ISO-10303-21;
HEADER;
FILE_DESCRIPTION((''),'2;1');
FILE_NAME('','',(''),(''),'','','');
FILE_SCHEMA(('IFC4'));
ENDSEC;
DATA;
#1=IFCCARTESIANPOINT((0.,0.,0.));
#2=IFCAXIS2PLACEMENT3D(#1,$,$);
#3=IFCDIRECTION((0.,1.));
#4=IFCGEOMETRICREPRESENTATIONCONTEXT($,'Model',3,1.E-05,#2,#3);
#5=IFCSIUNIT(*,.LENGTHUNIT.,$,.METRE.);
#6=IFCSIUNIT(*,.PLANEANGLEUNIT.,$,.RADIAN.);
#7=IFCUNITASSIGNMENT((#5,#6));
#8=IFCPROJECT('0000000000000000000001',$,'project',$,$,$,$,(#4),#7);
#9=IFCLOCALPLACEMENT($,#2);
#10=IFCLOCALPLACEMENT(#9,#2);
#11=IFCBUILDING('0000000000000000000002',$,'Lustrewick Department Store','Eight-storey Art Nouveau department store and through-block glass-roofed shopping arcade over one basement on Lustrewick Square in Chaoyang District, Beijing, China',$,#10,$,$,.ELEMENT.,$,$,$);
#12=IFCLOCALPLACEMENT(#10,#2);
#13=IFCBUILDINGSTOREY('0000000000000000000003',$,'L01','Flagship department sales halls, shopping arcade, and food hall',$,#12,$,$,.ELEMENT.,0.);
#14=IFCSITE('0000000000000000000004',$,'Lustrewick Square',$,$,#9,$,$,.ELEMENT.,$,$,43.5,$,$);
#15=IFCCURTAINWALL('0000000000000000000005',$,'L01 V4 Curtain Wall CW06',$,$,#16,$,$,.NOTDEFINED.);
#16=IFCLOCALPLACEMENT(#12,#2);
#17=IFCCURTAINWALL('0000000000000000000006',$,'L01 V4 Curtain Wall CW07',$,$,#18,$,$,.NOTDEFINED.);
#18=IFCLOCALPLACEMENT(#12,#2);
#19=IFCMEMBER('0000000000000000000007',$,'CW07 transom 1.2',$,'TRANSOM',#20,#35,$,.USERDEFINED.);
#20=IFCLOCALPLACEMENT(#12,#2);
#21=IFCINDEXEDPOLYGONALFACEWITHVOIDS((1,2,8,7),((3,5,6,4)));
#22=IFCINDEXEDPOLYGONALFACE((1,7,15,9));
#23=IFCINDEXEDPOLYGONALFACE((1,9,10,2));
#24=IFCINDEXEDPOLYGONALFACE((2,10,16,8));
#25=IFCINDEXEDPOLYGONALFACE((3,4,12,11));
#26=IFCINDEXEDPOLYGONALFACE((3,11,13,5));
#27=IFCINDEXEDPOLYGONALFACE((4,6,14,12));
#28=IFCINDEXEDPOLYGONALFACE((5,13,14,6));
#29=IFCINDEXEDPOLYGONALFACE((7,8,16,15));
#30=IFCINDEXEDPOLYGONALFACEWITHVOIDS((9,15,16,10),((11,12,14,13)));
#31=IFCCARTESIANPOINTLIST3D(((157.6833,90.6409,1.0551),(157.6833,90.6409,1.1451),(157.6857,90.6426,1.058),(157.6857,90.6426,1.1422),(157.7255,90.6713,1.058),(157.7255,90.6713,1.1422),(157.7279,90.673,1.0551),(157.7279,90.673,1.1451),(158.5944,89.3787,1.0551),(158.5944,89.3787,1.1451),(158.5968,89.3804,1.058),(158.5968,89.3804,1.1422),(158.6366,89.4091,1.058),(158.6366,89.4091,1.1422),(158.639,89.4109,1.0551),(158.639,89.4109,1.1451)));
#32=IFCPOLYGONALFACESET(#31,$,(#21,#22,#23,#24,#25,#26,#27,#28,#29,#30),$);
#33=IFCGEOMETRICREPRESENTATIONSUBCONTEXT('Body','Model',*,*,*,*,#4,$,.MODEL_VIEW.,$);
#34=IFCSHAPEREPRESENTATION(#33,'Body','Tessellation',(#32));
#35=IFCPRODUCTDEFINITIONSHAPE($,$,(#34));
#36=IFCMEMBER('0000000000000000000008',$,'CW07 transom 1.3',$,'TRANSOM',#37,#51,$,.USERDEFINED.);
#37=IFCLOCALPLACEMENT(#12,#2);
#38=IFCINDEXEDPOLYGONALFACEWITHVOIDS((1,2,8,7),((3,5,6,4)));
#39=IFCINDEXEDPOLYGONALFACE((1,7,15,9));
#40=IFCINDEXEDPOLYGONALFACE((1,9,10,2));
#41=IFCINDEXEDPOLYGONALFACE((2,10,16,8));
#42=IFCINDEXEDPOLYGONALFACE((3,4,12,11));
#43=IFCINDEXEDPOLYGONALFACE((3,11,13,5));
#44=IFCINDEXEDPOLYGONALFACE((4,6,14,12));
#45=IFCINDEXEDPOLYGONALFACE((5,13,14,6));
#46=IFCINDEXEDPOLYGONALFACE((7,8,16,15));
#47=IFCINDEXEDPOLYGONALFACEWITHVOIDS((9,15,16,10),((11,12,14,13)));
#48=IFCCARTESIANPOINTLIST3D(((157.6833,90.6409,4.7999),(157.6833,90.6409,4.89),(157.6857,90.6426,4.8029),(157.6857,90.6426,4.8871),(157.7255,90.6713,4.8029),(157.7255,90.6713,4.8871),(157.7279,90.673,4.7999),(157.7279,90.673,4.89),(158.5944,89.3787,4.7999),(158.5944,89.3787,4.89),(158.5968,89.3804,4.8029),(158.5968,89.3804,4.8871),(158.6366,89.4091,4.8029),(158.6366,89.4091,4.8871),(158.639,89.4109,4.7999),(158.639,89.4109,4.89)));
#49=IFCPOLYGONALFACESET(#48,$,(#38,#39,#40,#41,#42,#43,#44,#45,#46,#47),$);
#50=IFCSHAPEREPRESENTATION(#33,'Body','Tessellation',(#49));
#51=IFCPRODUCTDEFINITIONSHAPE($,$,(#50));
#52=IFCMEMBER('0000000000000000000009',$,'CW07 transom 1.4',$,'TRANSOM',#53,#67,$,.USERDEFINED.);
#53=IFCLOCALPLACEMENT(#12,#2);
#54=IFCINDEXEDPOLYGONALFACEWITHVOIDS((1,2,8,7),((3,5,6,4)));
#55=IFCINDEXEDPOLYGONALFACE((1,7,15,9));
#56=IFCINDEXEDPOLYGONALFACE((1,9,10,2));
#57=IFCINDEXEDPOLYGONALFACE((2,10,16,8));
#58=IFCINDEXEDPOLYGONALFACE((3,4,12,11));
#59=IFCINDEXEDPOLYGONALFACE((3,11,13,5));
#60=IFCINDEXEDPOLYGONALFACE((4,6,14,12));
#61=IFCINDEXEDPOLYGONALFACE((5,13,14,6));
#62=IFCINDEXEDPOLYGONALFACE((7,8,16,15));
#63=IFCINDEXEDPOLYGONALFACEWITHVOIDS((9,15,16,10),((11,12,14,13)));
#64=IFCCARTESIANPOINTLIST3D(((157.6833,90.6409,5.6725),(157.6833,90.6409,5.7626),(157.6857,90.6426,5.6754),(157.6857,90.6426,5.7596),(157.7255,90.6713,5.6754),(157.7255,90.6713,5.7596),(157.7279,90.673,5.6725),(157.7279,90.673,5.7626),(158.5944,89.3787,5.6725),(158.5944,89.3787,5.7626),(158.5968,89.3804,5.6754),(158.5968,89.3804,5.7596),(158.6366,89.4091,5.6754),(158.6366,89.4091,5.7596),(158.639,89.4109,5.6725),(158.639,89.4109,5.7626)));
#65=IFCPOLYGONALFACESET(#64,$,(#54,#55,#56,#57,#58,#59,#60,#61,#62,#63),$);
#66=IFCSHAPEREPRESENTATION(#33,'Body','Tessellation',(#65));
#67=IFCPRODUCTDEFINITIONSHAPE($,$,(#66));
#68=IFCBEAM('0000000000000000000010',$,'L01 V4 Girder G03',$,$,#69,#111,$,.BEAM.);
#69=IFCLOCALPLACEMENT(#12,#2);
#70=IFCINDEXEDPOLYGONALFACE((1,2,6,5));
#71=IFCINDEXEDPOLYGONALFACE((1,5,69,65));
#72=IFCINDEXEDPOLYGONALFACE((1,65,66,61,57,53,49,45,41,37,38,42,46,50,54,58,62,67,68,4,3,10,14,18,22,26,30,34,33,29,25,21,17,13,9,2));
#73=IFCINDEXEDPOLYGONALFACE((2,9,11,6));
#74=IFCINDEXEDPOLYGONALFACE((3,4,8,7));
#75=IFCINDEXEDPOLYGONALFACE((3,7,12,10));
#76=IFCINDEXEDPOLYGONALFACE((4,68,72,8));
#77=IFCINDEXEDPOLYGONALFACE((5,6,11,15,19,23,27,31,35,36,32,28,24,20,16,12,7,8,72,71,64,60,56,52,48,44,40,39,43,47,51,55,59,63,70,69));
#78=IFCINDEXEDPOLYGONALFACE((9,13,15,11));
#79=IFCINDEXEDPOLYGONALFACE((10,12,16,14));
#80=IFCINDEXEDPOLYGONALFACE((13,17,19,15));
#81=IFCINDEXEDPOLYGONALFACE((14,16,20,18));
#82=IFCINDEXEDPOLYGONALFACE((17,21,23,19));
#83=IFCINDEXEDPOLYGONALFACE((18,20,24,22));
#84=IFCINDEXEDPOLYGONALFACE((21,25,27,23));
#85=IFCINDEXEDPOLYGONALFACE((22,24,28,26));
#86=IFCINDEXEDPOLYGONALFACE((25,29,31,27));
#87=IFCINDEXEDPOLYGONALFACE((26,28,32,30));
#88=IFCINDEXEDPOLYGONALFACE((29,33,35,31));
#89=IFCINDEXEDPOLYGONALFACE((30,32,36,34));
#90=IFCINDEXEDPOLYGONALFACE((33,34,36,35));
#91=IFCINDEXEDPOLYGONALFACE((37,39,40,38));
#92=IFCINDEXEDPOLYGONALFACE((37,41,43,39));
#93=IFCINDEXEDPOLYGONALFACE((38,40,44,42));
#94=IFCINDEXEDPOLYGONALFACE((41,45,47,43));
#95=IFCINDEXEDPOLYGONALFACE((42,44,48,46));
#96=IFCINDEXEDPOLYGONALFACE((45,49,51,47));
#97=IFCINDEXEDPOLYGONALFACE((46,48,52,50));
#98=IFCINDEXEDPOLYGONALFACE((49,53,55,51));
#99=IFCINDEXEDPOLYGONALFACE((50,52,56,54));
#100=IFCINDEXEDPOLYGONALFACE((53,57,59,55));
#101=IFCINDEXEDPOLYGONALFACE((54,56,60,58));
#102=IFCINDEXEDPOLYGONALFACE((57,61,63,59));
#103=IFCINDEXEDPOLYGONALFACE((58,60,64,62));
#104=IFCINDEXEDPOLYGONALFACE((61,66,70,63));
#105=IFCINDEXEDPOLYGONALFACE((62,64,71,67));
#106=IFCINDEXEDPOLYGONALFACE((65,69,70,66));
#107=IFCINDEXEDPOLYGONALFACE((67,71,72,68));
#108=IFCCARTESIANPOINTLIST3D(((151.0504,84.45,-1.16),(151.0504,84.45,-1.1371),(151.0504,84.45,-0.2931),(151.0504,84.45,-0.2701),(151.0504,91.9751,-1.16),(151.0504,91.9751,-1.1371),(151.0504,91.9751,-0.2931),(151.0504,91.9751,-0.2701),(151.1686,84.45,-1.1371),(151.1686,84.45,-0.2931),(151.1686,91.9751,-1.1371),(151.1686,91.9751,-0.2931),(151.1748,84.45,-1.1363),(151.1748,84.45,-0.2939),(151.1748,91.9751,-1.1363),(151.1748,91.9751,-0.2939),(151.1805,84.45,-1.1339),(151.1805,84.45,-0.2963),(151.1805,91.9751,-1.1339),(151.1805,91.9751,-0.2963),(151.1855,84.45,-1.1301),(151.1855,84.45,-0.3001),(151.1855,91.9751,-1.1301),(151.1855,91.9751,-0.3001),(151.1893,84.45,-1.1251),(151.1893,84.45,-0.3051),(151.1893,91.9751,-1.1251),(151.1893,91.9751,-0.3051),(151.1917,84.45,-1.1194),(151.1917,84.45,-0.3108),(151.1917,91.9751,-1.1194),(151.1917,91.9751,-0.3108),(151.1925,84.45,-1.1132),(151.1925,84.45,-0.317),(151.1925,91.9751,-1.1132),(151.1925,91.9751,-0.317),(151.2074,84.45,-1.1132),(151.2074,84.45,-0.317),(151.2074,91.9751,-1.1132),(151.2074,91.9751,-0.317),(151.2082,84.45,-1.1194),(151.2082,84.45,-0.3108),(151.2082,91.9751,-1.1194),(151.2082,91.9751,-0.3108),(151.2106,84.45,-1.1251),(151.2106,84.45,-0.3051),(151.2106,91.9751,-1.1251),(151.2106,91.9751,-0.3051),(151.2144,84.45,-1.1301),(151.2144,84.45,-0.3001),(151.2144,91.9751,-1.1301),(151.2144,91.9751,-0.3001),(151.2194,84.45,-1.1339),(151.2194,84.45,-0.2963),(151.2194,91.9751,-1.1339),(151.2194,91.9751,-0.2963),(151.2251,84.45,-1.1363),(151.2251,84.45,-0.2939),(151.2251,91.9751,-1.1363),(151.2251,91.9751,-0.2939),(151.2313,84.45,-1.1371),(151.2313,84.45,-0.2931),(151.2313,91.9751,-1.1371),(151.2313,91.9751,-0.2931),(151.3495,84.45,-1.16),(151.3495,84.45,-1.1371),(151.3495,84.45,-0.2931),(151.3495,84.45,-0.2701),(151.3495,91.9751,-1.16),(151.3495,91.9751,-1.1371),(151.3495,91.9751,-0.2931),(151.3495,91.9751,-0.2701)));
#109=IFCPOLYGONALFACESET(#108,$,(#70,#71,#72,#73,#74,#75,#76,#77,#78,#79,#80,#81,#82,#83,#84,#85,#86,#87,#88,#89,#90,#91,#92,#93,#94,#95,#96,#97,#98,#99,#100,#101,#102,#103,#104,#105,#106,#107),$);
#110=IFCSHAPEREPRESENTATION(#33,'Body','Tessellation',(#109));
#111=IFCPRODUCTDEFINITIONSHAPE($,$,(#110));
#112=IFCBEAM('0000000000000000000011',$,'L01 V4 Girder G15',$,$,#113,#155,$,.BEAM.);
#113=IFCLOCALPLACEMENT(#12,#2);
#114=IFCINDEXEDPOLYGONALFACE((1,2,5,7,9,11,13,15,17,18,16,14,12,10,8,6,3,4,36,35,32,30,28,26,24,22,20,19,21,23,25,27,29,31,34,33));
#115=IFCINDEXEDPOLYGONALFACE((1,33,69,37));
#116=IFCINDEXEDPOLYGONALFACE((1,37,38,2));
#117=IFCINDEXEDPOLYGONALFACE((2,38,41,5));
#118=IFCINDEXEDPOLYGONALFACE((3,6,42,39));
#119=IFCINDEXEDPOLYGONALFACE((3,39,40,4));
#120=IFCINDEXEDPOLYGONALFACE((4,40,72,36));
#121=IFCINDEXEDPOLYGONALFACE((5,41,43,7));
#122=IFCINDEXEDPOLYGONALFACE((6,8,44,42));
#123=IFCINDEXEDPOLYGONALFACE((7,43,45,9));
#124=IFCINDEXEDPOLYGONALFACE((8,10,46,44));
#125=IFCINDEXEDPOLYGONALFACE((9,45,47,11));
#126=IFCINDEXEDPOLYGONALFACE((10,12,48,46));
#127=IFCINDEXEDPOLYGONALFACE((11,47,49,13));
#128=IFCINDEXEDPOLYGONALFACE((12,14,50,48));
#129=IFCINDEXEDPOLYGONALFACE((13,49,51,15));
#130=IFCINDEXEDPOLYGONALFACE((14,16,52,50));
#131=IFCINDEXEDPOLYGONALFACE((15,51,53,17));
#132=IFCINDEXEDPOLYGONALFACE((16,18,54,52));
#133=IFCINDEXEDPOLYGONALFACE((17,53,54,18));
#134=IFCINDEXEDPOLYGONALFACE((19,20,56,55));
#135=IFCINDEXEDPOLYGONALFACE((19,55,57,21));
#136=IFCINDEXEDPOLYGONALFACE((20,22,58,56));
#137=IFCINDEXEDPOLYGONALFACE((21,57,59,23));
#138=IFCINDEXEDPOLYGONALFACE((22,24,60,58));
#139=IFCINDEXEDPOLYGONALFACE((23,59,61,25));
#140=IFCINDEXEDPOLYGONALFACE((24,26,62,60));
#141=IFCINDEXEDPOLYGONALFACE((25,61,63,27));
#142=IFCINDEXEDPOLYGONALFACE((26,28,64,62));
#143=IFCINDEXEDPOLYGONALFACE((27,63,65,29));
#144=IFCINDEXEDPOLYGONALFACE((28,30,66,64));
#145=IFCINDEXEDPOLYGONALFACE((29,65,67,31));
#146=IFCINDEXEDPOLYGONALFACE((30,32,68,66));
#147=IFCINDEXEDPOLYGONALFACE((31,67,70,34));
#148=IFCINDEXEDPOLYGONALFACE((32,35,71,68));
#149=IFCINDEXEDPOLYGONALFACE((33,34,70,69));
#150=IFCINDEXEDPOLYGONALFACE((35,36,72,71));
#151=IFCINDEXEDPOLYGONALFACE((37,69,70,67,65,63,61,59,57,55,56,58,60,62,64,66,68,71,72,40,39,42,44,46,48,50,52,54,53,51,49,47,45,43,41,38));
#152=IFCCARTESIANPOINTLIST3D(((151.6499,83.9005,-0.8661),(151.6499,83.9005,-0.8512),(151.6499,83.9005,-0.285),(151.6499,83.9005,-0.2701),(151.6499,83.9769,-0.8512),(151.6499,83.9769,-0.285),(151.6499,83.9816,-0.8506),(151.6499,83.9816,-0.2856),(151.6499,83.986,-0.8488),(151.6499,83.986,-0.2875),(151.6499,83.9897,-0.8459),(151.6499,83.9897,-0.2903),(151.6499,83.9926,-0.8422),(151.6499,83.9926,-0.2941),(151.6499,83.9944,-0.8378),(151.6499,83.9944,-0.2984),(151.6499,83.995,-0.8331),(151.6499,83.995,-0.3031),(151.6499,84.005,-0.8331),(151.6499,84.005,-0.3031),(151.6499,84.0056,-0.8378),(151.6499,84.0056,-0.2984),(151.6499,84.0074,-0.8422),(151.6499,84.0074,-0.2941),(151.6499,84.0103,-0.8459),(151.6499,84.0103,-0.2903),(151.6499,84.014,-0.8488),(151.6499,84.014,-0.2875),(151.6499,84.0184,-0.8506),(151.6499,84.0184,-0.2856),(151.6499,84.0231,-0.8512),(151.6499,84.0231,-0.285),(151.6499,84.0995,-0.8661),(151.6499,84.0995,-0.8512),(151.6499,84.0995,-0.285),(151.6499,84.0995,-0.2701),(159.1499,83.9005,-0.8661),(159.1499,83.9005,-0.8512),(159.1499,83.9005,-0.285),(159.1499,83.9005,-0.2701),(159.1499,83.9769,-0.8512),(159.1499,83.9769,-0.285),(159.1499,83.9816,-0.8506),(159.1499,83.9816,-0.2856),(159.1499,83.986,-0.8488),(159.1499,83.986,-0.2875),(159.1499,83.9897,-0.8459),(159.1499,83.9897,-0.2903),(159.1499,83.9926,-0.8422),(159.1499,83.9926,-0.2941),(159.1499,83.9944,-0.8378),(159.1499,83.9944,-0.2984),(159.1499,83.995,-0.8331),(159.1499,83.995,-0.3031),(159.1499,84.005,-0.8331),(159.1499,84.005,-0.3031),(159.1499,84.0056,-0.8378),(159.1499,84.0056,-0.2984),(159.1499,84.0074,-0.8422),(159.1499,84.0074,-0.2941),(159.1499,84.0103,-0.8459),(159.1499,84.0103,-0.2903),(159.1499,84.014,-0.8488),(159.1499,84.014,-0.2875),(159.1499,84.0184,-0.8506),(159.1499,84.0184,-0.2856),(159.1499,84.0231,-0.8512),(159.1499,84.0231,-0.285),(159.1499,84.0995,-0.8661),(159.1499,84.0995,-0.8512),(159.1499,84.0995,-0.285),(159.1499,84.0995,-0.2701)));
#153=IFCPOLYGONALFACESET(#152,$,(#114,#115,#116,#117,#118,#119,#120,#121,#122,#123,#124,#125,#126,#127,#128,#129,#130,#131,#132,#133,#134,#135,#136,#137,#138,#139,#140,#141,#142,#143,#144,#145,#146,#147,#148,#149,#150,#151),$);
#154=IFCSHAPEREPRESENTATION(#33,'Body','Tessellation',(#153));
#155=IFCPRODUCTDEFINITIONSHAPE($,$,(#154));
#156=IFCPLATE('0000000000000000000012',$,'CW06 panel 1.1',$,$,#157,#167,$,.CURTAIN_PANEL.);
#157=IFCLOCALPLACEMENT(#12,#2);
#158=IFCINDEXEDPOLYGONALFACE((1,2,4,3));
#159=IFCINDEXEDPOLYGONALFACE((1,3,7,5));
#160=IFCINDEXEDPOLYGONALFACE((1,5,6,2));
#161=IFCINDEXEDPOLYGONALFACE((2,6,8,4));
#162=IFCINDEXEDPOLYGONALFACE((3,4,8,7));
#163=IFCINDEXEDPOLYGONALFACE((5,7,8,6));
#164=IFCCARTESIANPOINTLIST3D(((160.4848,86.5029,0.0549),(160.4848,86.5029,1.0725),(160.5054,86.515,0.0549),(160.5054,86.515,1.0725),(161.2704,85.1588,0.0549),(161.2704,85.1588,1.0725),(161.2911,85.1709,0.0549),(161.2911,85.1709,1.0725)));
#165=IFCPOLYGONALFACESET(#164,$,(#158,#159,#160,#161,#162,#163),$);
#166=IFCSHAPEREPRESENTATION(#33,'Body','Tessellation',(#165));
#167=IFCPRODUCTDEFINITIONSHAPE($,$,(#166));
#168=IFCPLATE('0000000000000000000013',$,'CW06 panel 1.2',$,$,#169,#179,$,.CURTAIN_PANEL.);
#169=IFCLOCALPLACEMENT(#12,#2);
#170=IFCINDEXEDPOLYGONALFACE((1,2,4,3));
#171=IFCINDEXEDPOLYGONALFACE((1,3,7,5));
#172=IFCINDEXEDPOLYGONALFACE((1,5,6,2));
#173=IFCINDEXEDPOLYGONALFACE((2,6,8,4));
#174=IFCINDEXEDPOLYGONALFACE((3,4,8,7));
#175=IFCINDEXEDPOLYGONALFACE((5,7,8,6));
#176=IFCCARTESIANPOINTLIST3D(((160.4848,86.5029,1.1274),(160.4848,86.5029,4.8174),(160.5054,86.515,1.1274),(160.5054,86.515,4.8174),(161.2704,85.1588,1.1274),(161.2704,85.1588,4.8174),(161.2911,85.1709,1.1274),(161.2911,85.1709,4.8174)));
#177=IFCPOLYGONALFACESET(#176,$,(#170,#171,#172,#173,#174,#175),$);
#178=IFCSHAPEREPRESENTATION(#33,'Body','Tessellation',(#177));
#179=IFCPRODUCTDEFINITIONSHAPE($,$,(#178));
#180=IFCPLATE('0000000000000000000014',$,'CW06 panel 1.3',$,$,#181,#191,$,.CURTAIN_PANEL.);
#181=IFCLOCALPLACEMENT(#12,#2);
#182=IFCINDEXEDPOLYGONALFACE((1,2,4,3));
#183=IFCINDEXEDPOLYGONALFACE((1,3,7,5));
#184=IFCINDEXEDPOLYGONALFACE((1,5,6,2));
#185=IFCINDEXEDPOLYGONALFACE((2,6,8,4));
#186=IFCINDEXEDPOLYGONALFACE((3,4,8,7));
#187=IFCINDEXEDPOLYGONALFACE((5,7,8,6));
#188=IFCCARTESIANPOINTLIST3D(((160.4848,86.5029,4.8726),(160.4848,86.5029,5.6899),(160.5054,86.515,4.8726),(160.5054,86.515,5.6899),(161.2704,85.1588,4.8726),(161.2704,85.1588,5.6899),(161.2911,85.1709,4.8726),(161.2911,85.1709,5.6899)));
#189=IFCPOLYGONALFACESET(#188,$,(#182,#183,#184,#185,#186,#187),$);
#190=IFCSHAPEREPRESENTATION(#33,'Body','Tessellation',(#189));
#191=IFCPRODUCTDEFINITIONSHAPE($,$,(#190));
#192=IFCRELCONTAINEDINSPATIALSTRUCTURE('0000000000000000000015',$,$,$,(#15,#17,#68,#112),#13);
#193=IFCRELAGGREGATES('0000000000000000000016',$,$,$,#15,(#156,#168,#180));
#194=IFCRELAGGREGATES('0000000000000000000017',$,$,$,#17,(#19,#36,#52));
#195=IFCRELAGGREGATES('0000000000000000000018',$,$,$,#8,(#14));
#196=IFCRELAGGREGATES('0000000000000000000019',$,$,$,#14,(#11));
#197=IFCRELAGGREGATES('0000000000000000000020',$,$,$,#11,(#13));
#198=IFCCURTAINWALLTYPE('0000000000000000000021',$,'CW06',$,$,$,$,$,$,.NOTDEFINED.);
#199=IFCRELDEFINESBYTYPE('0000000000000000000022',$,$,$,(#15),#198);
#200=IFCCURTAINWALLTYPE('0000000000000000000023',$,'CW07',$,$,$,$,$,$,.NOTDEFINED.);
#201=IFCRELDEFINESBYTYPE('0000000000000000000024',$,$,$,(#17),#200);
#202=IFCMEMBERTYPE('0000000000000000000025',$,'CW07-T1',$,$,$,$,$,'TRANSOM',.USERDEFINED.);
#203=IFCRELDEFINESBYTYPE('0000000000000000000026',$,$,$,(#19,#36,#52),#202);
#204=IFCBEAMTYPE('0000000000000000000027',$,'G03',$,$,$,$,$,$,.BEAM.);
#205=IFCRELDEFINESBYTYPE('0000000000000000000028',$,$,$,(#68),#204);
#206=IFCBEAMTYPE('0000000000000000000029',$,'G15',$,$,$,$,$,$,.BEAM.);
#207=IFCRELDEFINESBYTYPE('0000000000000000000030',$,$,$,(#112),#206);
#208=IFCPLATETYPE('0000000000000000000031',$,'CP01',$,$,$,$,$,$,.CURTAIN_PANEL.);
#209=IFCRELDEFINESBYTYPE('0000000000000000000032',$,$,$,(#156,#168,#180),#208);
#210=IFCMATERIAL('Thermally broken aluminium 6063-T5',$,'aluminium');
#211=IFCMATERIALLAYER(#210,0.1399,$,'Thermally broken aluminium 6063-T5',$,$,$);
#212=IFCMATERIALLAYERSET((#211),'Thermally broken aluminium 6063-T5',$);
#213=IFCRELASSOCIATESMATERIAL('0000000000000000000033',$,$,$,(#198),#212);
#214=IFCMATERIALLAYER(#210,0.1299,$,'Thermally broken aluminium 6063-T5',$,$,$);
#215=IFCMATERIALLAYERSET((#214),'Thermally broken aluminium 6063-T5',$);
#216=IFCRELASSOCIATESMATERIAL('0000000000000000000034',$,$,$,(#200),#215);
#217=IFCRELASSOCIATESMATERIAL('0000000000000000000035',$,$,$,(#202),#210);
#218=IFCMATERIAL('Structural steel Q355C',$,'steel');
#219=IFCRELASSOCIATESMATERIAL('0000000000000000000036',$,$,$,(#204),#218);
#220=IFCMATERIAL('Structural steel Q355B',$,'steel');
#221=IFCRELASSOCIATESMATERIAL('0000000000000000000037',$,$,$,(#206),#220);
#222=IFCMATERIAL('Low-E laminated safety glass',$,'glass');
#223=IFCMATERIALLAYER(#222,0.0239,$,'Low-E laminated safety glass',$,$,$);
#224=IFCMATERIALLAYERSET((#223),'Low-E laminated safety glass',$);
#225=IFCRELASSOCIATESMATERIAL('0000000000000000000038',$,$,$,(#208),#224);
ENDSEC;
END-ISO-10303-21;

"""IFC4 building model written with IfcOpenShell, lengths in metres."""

from ifc_helpers import new_model, si_unit, direction, frame, origin, origin_2d, place, context, subcontext, project, spatial, rectangle, hollow_rectangle, i_section, extrude, material, layer, layer_set, material_profile, profile_set, type_object, element, aggregate, save


model = new_model("IFC4")

# Units and contexts
model_context = context("Model", 3, precision=1e-05, world=origin(), true_north=direction((0.0, 1.0)))
body_context = subcontext(model_context, "Body", "Model", "MODEL_VIEW")
ifc_project = project(units=[si_unit("LENGTHUNIT", "METRE"), si_unit("PLANEANGLEUNIT", "RADIAN")], contexts=[model_context])

# Site, building, storey
site_placement = place(None, origin())
site = spatial("IfcSite", under=ifc_project, at=site_placement, Name="Lustrewick Square", CompositionType="ELEMENT", RefElevation=43.5)
building_placement = place(site_placement, origin())
building = spatial("IfcBuilding", under=site, at=building_placement, Name="Lustrewick Department Store", Description="Eight-storey Art Nouveau department store and through-block glass-roofed shopping arcade over one basement on Lustrewick Square in Chaoyang District, Beijing, China", CompositionType="ELEMENT")
storey_placement = place(building_placement, origin())
storey = spatial("IfcBuildingStorey", under=building, at=storey_placement, Name="L01", Description="Flagship department sales halls, shopping arcade, and food hall", CompositionType="ELEMENT", Elevation=0.0)

# Shared definitions
ifc_material_1 = material(Name="Structural steel Q355C", Category="steel")

# Curtain walls, members
ifc_material_2 = material(Name="Thermally broken aluminium 6063-T5", Category="aluminium")
ifc_layer_1 = layer(ifc_material_2, 0.1399, Name="Thermally broken aluminium 6063-T5")
ifc_layer_set_1 = layer_set([ifc_layer_1], Name="Thermally broken aluminium 6063-T5")
curtain_wall_type_1 = type_object("IfcCurtainWallType", Name="CW06", PredefinedType="NOTDEFINED", material=ifc_layer_set_1)
curtain_wall_1_placement = place(storey_placement, origin())
curtain_wall_1 = element("IfcCurtainWall", 1, at=curtain_wall_1_placement, inside=storey, type_object=curtain_wall_type_1, Name="L01 V4 Curtain Wall CW06", PredefinedType="NOTDEFINED")
ifc_layer_2 = layer(ifc_material_2, 0.1299, Name="Thermally broken aluminium 6063-T5")
ifc_layer_set_2 = layer_set([ifc_layer_2], Name="Thermally broken aluminium 6063-T5")
curtain_wall_type_2 = type_object("IfcCurtainWallType", Name="CW07", PredefinedType="NOTDEFINED", material=ifc_layer_set_2)
curtain_wall_2_placement = place(storey_placement, origin())
curtain_wall_2 = element("IfcCurtainWall", 2, at=curtain_wall_2_placement, inside=storey, type_object=curtain_wall_type_2, Name="L01 V4 Curtain Wall CW07", PredefinedType="NOTDEFINED")
ifc_material_profile_1 = material_profile(ifc_material_2, hollow_rectangle(XDim=0.0549, YDim=0.0901, WallThickness=0.0029, at=origin_2d()), Name="ALU-T 55x90x3")
ifc_profile_set_1 = profile_set([ifc_material_profile_1], Name="Thermally broken aluminium 6063-T5")
member_type_1 = type_object("IfcMemberType", Name="CW07-T1", ElementType="TRANSOM", PredefinedType="USERDEFINED", material=ifc_profile_set_1)
member_1_placement = place(storey_placement, frame((158.6167, 89.3948, 1.1001), z_axis=(-0.585296, 0.81082, 0.0), x_axis=(-0.81082, -0.585296, 0.0)))
member_1 = element("IfcMember", 3, at=member_1_placement, type_object=member_type_1, Name="CW07 transom 1.2", ObjectType="TRANSOM", PredefinedType="USERDEFINED", context=body_context, shape_type="SweptSolid", body=[
    extrude(hollow_rectangle(XDim=0.0549, YDim=0.0901, WallThickness=0.0029, at=origin_2d()), origin(), (0.0, 0.0, 1.0), 1.5566),
])
member_2_placement = place(storey_placement, frame((158.6167, 89.3948, 4.845), z_axis=(-0.585296, 0.81082, 0.0), x_axis=(-0.81082, -0.585296, 0.0)))
member_2 = element("IfcMember", 4, at=member_2_placement, type_object=member_type_1, Name="CW07 transom 1.3", ObjectType="TRANSOM", PredefinedType="USERDEFINED", context=body_context, shape_type="SweptSolid", body=[
    extrude(hollow_rectangle(XDim=0.0549, YDim=0.0901, WallThickness=0.0029, at=origin_2d()), origin(), (0.0, 0.0, 1.0), 1.5566),
])
member_3_placement = place(storey_placement, frame((158.6167, 89.3948, 5.7175), z_axis=(-0.585296, 0.81082, 0.0), x_axis=(-0.81082, -0.585296, 0.0)))
member_3 = element("IfcMember", 5, at=member_3_placement, type_object=member_type_1, Name="CW07 transom 1.4", ObjectType="TRANSOM", PredefinedType="USERDEFINED", context=body_context, shape_type="SweptSolid", body=[
    extrude(hollow_rectangle(XDim=0.0549, YDim=0.0901, WallThickness=0.0029, at=origin_2d()), origin(), (0.0, 0.0, 1.0), 1.5566),
])

# Beams
ifc_material_profile_2 = material_profile(ifc_material_1, i_section(OverallWidth=0.2991, OverallDepth=0.8899, WebThickness=0.0149, FlangeThickness=0.0229, FilletRadius=0.0239, at=origin_2d()), Name="HN 890x299x15x23")
ifc_profile_set_2 = profile_set([ifc_material_profile_2], Name="Structural steel Q355C")
beam_type_1 = type_object("IfcBeamType", Name="G03", PredefinedType="BEAM", material=ifc_profile_set_2)
beam_1_placement = place(storey_placement, frame((151.2, 84.45, -0.7151), z_axis=(0.0, 1.0, 0.0), x_axis=(-1.0, 0.0, 0.0)))
element("IfcBeam", 6, at=beam_1_placement, inside=storey, type_object=beam_type_1, Name="L01 V4 Girder G03", PredefinedType="BEAM", context=body_context, shape_type="SweptSolid", body=[
    extrude(i_section(OverallWidth=0.2991, OverallDepth=0.8899, WebThickness=0.0149, FlangeThickness=0.0229, FilletRadius=0.0239, at=origin_2d()), origin(), (0.0, 0.0, 1.0), 7.5251),
])
ifc_material_3 = material(Name="Structural steel Q355B", Category="steel")
ifc_material_profile_3 = material_profile(ifc_material_3, i_section(OverallWidth=0.199, OverallDepth=0.5959, WebThickness=0.01, FlangeThickness=0.0149, FilletRadius=0.0181, at=origin_2d()), Name="HN 596x199x10x15")
ifc_profile_set_3 = profile_set([ifc_material_profile_3], Name="Structural steel Q355B")
beam_type_2 = type_object("IfcBeamType", Name="G15", PredefinedType="BEAM", material=ifc_profile_set_3)
beam_2_placement = place(storey_placement, frame((151.6499, 84.0, -0.5681), z_axis=(1.0, 0.0, 0.0), x_axis=(0.0, 1.0, 0.0)))
element("IfcBeam", 7, at=beam_2_placement, inside=storey, type_object=beam_type_2, Name="L01 V4 Girder G15", PredefinedType="BEAM", context=body_context, shape_type="SweptSolid", body=[
    extrude(i_section(OverallWidth=0.199, OverallDepth=0.5959, WebThickness=0.01, FlangeThickness=0.0149, FilletRadius=0.0181, at=origin_2d()), origin(), (0.0, 0.0, 1.0), 7.5),
])

# Plates
ifc_material_4 = material(Name="Low-E laminated safety glass", Category="glass")
ifc_layer_3 = layer(ifc_material_4, 0.0239, Name="Low-E laminated safety glass")
ifc_layer_set_3 = layer_set([ifc_layer_3], Name="Low-E laminated safety glass")
plate_type_1 = type_object("IfcPlateType", Name="CP01", PredefinedType="CURTAIN_PANEL", material=ifc_layer_set_3)
plate_1_placement = place(storey_placement, frame((160.8879, 85.8369, 0.0549), z_axis=(0.0, 0.0, 1.0), x_axis=(-0.504643, 0.863328, 0.0)))
plate_1 = element("IfcPlate", 8, at=plate_1_placement, type_object=plate_type_1, Name="CW06 panel 1.1", PredefinedType="CURTAIN_PANEL", context=body_context, shape_type="SweptSolid", body=[
    extrude(rectangle(XDim=1.5569, YDim=0.0239, at=origin_2d()), origin(), (0.0, 0.0, 1.0), 1.0176),
])
plate_2_placement = place(storey_placement, frame((160.8879, 85.8369, 1.1274), z_axis=(0.0, 0.0, 1.0), x_axis=(-0.504643, 0.863328, 0.0)))
plate_2 = element("IfcPlate", 9, at=plate_2_placement, type_object=plate_type_1, Name="CW06 panel 1.2", PredefinedType="CURTAIN_PANEL", context=body_context, shape_type="SweptSolid", body=[
    extrude(rectangle(XDim=1.5569, YDim=0.0239, at=origin_2d()), origin(), (0.0, 0.0, 1.0), 3.6899),
])
plate_3_placement = place(storey_placement, frame((160.8879, 85.8369, 4.8726), z_axis=(0.0, 0.0, 1.0), x_axis=(-0.504643, 0.863328, 0.0)))
plate_3 = element("IfcPlate", 10, at=plate_3_placement, type_object=plate_type_1, Name="CW06 panel 1.3", PredefinedType="CURTAIN_PANEL", context=body_context, shape_type="SweptSolid", body=[
    extrude(rectangle(XDim=1.5569, YDim=0.0239, at=origin_2d()), origin(), (0.0, 0.0, 1.0), 0.8174),
])
aggregate(curtain_wall_1, [plate_1, plate_2, plate_3])
aggregate(curtain_wall_2, [member_1, member_2, member_3])

save(model, "model.ifc")
